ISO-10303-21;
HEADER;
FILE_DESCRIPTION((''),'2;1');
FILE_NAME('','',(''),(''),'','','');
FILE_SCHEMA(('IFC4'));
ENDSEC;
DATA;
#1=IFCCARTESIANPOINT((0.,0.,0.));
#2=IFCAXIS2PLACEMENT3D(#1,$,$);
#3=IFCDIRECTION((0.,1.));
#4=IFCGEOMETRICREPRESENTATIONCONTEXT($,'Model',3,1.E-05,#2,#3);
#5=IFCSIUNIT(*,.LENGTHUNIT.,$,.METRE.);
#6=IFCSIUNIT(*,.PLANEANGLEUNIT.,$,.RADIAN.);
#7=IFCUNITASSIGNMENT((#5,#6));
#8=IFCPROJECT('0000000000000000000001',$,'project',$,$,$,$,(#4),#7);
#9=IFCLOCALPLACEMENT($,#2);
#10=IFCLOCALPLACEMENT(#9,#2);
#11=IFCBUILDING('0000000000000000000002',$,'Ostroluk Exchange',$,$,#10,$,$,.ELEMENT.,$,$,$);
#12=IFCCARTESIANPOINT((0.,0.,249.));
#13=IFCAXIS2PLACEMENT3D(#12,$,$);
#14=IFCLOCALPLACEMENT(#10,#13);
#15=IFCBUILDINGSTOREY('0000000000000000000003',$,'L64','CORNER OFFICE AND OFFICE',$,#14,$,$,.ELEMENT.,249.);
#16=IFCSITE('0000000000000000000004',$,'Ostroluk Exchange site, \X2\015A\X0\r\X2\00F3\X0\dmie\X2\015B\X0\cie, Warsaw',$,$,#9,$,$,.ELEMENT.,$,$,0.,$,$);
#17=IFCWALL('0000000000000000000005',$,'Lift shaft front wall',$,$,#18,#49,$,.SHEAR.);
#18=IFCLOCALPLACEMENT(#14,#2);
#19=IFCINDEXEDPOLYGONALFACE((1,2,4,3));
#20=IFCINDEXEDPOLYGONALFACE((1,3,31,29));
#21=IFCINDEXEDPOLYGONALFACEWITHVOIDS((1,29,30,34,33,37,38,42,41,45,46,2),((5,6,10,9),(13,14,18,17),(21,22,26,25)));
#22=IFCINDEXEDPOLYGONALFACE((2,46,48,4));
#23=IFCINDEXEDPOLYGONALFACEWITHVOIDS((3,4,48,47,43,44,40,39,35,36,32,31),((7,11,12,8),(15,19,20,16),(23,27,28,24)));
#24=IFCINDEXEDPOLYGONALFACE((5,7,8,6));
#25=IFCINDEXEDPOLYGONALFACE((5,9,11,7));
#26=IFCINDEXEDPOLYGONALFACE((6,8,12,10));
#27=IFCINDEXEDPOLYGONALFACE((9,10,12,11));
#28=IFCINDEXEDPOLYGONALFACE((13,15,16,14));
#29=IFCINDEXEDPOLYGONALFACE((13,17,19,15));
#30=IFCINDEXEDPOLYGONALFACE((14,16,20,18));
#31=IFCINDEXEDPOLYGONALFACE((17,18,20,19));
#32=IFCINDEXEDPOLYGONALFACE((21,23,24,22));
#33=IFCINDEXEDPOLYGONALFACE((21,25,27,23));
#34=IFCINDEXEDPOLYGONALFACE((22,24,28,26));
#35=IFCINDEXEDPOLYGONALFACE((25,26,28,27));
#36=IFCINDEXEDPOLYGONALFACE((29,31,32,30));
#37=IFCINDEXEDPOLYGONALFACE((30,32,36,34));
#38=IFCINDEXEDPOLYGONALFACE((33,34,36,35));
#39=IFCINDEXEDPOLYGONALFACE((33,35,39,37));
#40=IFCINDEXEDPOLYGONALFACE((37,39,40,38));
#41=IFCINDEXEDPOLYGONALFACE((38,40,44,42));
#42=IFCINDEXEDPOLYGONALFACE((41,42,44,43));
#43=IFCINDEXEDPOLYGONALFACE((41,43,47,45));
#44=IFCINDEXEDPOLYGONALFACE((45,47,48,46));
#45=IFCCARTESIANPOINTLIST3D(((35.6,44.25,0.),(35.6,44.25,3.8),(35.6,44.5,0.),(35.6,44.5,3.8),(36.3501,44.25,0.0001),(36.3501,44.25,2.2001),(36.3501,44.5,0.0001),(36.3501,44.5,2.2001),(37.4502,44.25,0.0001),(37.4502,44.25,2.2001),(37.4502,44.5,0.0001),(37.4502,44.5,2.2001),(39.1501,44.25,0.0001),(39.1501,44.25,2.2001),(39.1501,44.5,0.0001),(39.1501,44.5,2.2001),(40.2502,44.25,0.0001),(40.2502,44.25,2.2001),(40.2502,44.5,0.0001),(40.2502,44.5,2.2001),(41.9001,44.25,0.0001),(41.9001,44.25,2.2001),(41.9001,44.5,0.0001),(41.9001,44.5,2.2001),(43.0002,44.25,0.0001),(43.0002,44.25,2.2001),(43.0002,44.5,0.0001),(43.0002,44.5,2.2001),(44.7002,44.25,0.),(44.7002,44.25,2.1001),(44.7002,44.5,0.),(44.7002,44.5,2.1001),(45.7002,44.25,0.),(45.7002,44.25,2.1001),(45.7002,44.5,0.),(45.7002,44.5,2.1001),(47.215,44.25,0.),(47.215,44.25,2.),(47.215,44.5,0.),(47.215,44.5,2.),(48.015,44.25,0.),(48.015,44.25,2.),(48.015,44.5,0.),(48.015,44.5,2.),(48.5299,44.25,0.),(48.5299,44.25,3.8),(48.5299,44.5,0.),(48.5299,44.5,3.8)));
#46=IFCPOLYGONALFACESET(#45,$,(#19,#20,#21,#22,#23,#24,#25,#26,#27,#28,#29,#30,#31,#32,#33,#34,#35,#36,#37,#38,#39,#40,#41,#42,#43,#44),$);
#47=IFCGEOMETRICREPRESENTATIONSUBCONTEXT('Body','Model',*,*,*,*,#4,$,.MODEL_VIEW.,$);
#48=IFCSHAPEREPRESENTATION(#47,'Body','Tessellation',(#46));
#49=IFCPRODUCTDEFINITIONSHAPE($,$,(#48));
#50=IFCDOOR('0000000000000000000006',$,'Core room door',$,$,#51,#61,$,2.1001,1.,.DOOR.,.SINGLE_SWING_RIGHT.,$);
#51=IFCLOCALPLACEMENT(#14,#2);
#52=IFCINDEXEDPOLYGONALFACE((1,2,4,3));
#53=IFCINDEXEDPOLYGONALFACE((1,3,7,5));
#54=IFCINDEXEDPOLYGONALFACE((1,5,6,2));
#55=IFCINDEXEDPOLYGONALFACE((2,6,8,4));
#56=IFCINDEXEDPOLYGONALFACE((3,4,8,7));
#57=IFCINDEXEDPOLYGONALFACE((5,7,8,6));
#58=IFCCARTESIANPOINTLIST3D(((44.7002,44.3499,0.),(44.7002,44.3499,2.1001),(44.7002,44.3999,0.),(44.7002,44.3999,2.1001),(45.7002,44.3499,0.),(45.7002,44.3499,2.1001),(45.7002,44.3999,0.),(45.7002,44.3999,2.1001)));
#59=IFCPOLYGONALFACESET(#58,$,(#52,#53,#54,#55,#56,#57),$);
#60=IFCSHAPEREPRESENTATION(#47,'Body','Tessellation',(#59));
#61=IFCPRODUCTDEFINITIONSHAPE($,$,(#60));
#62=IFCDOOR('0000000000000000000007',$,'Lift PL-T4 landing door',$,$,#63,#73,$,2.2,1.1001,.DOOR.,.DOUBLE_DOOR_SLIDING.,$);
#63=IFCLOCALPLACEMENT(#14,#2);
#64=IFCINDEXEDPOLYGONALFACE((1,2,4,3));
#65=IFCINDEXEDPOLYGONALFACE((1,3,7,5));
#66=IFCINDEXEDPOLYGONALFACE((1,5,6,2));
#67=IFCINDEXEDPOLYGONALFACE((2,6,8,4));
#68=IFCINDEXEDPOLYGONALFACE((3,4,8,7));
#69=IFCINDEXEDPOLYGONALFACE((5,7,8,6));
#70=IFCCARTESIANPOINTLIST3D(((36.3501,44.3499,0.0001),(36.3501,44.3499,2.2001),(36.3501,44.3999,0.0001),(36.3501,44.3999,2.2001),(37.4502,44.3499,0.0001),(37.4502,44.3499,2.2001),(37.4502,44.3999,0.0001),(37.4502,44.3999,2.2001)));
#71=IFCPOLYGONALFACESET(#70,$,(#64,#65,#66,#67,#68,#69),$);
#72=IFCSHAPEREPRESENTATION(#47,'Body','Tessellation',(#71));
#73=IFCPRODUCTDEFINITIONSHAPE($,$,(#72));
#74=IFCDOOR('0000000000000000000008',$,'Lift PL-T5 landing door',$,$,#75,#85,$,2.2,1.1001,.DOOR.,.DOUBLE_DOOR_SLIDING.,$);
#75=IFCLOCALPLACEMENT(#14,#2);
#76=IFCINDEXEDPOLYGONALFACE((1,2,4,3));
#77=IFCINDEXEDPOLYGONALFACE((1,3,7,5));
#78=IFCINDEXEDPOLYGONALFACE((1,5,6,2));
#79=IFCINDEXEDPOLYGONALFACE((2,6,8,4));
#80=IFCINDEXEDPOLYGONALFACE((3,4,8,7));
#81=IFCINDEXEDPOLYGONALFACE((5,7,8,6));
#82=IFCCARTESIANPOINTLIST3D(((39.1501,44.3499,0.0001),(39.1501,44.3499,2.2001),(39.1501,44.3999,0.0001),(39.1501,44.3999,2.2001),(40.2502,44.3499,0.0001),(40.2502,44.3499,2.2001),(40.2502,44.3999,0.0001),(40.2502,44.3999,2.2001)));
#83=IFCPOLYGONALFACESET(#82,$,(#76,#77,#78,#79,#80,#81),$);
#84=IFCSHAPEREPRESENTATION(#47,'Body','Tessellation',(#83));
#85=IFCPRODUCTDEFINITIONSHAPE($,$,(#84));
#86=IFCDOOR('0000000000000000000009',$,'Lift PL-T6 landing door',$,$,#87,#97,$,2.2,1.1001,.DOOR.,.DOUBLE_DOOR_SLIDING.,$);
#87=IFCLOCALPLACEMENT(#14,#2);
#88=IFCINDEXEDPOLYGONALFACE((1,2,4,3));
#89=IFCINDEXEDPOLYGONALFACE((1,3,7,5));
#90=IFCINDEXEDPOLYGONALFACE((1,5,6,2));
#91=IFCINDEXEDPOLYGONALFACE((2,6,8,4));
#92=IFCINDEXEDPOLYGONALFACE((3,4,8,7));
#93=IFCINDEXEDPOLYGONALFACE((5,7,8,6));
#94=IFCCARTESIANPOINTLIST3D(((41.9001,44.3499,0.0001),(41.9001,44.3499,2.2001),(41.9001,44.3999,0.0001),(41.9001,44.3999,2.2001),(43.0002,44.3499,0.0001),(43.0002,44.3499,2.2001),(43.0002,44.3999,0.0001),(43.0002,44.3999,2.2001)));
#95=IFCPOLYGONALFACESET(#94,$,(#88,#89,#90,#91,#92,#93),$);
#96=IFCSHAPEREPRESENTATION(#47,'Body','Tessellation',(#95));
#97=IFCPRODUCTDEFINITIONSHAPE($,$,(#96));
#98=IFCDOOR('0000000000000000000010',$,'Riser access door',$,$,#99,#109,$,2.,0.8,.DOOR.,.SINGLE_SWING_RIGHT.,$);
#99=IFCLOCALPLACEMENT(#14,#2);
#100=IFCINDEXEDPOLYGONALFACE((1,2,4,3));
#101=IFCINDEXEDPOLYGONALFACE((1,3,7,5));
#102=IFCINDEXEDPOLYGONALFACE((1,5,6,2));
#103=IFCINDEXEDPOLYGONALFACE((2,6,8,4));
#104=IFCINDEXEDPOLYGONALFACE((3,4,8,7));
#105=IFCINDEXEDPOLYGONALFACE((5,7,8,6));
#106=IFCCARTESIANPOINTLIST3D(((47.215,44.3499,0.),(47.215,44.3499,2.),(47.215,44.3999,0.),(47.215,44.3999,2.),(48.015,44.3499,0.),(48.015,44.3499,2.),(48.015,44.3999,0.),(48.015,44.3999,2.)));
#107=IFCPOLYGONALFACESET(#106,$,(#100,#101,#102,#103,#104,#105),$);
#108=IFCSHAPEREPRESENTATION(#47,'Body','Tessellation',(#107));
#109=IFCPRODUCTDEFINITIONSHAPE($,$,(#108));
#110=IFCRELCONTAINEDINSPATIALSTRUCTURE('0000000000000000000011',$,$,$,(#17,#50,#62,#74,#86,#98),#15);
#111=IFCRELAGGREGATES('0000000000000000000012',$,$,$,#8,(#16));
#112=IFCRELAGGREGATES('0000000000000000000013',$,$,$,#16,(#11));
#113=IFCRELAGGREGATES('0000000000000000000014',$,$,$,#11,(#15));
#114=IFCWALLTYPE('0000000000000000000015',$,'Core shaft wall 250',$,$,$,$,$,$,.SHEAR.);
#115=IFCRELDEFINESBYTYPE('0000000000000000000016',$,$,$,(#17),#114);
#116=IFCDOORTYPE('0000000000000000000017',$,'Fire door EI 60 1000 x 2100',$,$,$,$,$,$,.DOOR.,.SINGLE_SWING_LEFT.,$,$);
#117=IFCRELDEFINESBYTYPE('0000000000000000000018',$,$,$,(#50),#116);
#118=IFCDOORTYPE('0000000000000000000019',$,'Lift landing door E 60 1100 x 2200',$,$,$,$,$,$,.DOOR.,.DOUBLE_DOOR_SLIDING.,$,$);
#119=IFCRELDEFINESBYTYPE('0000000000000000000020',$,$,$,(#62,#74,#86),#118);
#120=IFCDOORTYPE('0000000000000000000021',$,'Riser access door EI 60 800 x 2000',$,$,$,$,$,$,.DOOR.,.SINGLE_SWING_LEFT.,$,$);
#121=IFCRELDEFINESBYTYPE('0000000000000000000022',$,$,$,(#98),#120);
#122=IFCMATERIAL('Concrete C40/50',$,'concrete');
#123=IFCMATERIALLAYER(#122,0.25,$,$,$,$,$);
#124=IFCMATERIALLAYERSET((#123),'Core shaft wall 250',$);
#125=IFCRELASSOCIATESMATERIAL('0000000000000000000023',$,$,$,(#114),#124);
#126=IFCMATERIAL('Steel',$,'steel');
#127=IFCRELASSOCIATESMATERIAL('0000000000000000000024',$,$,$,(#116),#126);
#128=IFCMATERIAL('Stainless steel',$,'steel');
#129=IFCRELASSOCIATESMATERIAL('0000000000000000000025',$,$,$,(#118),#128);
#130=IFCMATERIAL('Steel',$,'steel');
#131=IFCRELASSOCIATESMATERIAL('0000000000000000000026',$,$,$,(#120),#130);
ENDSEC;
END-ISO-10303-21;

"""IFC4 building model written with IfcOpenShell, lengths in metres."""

from ifc_helpers import new_model, si_unit, direction, frame, frame_2d, origin, place, context, subcontext, project, spatial, rectangle, extrude, material, layer, layer_set, type_object, element, fill, save


model = new_model("IFC4")

# Units and contexts
model_context = context("Model", 3, precision=1e-05, world=origin(), true_north=direction((0.0, 1.0)))
body_context = subcontext(model_context, "Body", "Model", "MODEL_VIEW")
ifc_project = project(units=[si_unit("LENGTHUNIT", "METRE"), si_unit("PLANEANGLEUNIT", "RADIAN")], contexts=[model_context])

# Site, building, storey
site_placement = place(None, origin())
site = spatial("IfcSite", under=ifc_project, at=site_placement, Name="Ostroluk Exchange site, Śródmieście, Warsaw", CompositionType="ELEMENT", RefElevation=0.0)
building_placement = place(site_placement, origin())
building = spatial("IfcBuilding", under=site, at=building_placement, Name="Ostroluk Exchange", CompositionType="ELEMENT")
storey_placement = place(building_placement, frame((0.0, 0.0, 249.0)))
storey = spatial("IfcBuildingStorey", under=building, at=storey_placement, Name="L64", Description="CORNER OFFICE AND OFFICE", CompositionType="ELEMENT", Elevation=249.0)

# Shared definitions
ifc_material_1 = material(Name="Concrete C40/50", Category="concrete")
ifc_layer_1 = layer(ifc_material_1, 0.25)
ifc_layer_set_1 = layer_set([ifc_layer_1], Name="Core shaft wall 250")
wall_type_1 = type_object("IfcWallType", Name="Core shaft wall 250", PredefinedType="SHEAR", material=ifc_layer_set_1)

# Wall, openings, doors
ifc_material_2 = material(Name="Steel", Category="steel")
door_type_1 = type_object("IfcDoorType", Name="Fire door EI 60 1000 x 2100", OperationType="SINGLE_SWING_LEFT", PredefinedType="DOOR", material=ifc_material_2)
ifc_material_3 = material(Name="Stainless steel", Category="steel")
door_type_2 = type_object("IfcDoorType", Name="Lift landing door E 60 1100 x 2200", OperationType="DOUBLE_DOOR_SLIDING", PredefinedType="DOOR", material=ifc_material_3)
ifc_material_4 = material(Name="Steel", Category="steel")
door_type_3 = type_object("IfcDoorType", Name="Riser access door EI 60 800 x 2000", OperationType="SINGLE_SWING_LEFT", PredefinedType="DOOR", material=ifc_material_4)
wall_1_placement = place(storey_placement, frame((35.6001, 44.375, 0.0), z_axis=(0.0, 0.0, 1.0), x_axis=(1.0, 0.0, 0.0)))
wall_1 = element("IfcWall", 1, at=wall_1_placement, inside=storey, type_object=wall_type_1, Name="Lift shaft front wall", PredefinedType="SHEAR", context=body_context, shape_type="SweptSolid", body=[
    extrude(rectangle(XDim=12.9299, YDim=0.25, at=frame_2d((6.4648, 0.0))), origin(), (0.0, 0.0, 1.0), 3.8),
])
opening_1_placement = place(wall_1_placement, frame((0.75, 0.0, 0.0)))
opening_1 = element("IfcOpeningElement", 2, at=opening_1_placement, cuts=wall_1, PredefinedType="OPENING", context=body_context, shape_type="SweptSolid", body=[
    extrude(rectangle(XDim=1.1001, YDim=2.2, at=frame_2d((0.55, 1.1001))), frame((0.0, 0.135, 0.0), z_axis=(0.0, -1.0, 0.0), x_axis=(1.0, 0.0, 0.0)), (0.0, 0.0, 1.0), 0.27),
])
opening_2_placement = place(wall_1_placement, frame((3.55, 0.0, 0.0)))
opening_2 = element("IfcOpeningElement", 3, at=opening_2_placement, cuts=wall_1, PredefinedType="OPENING", context=body_context, shape_type="SweptSolid", body=[
    extrude(rectangle(XDim=1.1001, YDim=2.2, at=frame_2d((0.55, 1.1001))), frame((0.0, 0.135, 0.0), z_axis=(0.0, -1.0, 0.0), x_axis=(1.0, 0.0, 0.0)), (0.0, 0.0, 1.0), 0.27),
])
opening_3_placement = place(wall_1_placement, frame((6.3, 0.0, 0.0)))
opening_3 = element("IfcOpeningElement", 4, at=opening_3_placement, cuts=wall_1, PredefinedType="OPENING", context=body_context, shape_type="SweptSolid", body=[
    extrude(rectangle(XDim=1.1001, YDim=2.2, at=frame_2d((0.55, 1.1001))), frame((0.0, 0.135, 0.0), z_axis=(0.0, -1.0, 0.0), x_axis=(1.0, 0.0, 0.0)), (0.0, 0.0, 1.0), 0.27),
])
opening_4_placement = place(wall_1_placement, frame((9.1001, 0.0, 0.0)))
opening_4 = element("IfcOpeningElement", 5, at=opening_4_placement, cuts=wall_1, PredefinedType="OPENING", context=body_context, shape_type="SweptSolid", body=[
    extrude(rectangle(XDim=1.0, YDim=2.1001, at=frame_2d((0.5, 1.05))), frame((0.0, 0.135, 0.0), z_axis=(0.0, -1.0, 0.0), x_axis=(1.0, 0.0, 0.0)), (0.0, 0.0, 1.0), 0.27),
])
opening_5_placement = place(wall_1_placement, frame((11.615, 0.0, 0.0)))
opening_5 = element("IfcOpeningElement", 6, at=opening_5_placement, cuts=wall_1, PredefinedType="OPENING", context=body_context, shape_type="SweptSolid", body=[
    extrude(rectangle(XDim=0.8, YDim=2.0, at=frame_2d((0.3999, 1.0))), frame((0.0, 0.135, 0.0), z_axis=(0.0, -1.0, 0.0), x_axis=(1.0, 0.0, 0.0)), (0.0, 0.0, 1.0), 0.27),
])
door_1_placement = place(opening_4_placement, origin())
door_1 = element("IfcDoor", 7, at=door_1_placement, inside=storey, type_object=door_type_1, Name="Core room door", OperationType="SINGLE_SWING_RIGHT", OverallHeight=2.1001, OverallWidth=1.0, PredefinedType="DOOR", context=body_context, shape_type="SweptSolid", body=[
    extrude(rectangle(XDim=1.0, YDim=2.1001, at=frame_2d((0.5, 1.05))), frame((0.0, 0.0249, 0.0), z_axis=(0.0, -1.0, 0.0), x_axis=(1.0, 0.0, 0.0)), (0.0, 0.0, 1.0), 0.05),
])
fill(opening_4, door_1)
door_2_placement = place(opening_1_placement, origin())
door_2 = element("IfcDoor", 8, at=door_2_placement, inside=storey, type_object=door_type_2, Name="Lift PL-T4 landing door", OperationType="DOUBLE_DOOR_SLIDING", OverallHeight=2.2, OverallWidth=1.1001, PredefinedType="DOOR", context=body_context, shape_type="SweptSolid", body=[
    extrude(rectangle(XDim=1.1001, YDim=2.2, at=frame_2d((0.55, 1.1001))), frame((0.0, 0.0249, 0.0), z_axis=(0.0, -1.0, 0.0), x_axis=(1.0, 0.0, 0.0)), (0.0, 0.0, 1.0), 0.05),
])
fill(opening_1, door_2)
door_3_placement = place(opening_2_placement, origin())
door_3 = element("IfcDoor", 9, at=door_3_placement, inside=storey, type_object=door_type_2, Name="Lift PL-T5 landing door", OperationType="DOUBLE_DOOR_SLIDING", OverallHeight=2.2, OverallWidth=1.1001, PredefinedType="DOOR", context=body_context, shape_type="SweptSolid", body=[
    extrude(rectangle(XDim=1.1001, YDim=2.2, at=frame_2d((0.55, 1.1001))), frame((0.0, 0.0249, 0.0), z_axis=(0.0, -1.0, 0.0), x_axis=(1.0, 0.0, 0.0)), (0.0, 0.0, 1.0), 0.05),
])
fill(opening_2, door_3)
door_4_placement = place(opening_3_placement, origin())
door_4 = element("IfcDoor", 10, at=door_4_placement, inside=storey, type_object=door_type_2, Name="Lift PL-T6 landing door", OperationType="DOUBLE_DOOR_SLIDING", OverallHeight=2.2, OverallWidth=1.1001, PredefinedType="DOOR", context=body_context, shape_type="SweptSolid", body=[
    extrude(rectangle(XDim=1.1001, YDim=2.2, at=frame_2d((0.55, 1.1001))), frame((0.0, 0.0249, 0.0), z_axis=(0.0, -1.0, 0.0), x_axis=(1.0, 0.0, 0.0)), (0.0, 0.0, 1.0), 0.05),
])
fill(opening_3, door_4)
door_5_placement = place(opening_5_placement, origin())
door_5 = element("IfcDoor", 11, at=door_5_placement, inside=storey, type_object=door_type_3, Name="Riser access door", OperationType="SINGLE_SWING_RIGHT", OverallHeight=2.0, OverallWidth=0.8, PredefinedType="DOOR", context=body_context, shape_type="SweptSolid", body=[
    extrude(rectangle(XDim=0.8, YDim=2.0, at=frame_2d((0.3999, 1.0))), frame((0.0, 0.0249, 0.0), z_axis=(0.0, -1.0, 0.0), x_axis=(1.0, 0.0, 0.0)), (0.0, 0.0, 1.0), 0.05),
])
fill(opening_5, door_5)

save(model, "model.ifc")
